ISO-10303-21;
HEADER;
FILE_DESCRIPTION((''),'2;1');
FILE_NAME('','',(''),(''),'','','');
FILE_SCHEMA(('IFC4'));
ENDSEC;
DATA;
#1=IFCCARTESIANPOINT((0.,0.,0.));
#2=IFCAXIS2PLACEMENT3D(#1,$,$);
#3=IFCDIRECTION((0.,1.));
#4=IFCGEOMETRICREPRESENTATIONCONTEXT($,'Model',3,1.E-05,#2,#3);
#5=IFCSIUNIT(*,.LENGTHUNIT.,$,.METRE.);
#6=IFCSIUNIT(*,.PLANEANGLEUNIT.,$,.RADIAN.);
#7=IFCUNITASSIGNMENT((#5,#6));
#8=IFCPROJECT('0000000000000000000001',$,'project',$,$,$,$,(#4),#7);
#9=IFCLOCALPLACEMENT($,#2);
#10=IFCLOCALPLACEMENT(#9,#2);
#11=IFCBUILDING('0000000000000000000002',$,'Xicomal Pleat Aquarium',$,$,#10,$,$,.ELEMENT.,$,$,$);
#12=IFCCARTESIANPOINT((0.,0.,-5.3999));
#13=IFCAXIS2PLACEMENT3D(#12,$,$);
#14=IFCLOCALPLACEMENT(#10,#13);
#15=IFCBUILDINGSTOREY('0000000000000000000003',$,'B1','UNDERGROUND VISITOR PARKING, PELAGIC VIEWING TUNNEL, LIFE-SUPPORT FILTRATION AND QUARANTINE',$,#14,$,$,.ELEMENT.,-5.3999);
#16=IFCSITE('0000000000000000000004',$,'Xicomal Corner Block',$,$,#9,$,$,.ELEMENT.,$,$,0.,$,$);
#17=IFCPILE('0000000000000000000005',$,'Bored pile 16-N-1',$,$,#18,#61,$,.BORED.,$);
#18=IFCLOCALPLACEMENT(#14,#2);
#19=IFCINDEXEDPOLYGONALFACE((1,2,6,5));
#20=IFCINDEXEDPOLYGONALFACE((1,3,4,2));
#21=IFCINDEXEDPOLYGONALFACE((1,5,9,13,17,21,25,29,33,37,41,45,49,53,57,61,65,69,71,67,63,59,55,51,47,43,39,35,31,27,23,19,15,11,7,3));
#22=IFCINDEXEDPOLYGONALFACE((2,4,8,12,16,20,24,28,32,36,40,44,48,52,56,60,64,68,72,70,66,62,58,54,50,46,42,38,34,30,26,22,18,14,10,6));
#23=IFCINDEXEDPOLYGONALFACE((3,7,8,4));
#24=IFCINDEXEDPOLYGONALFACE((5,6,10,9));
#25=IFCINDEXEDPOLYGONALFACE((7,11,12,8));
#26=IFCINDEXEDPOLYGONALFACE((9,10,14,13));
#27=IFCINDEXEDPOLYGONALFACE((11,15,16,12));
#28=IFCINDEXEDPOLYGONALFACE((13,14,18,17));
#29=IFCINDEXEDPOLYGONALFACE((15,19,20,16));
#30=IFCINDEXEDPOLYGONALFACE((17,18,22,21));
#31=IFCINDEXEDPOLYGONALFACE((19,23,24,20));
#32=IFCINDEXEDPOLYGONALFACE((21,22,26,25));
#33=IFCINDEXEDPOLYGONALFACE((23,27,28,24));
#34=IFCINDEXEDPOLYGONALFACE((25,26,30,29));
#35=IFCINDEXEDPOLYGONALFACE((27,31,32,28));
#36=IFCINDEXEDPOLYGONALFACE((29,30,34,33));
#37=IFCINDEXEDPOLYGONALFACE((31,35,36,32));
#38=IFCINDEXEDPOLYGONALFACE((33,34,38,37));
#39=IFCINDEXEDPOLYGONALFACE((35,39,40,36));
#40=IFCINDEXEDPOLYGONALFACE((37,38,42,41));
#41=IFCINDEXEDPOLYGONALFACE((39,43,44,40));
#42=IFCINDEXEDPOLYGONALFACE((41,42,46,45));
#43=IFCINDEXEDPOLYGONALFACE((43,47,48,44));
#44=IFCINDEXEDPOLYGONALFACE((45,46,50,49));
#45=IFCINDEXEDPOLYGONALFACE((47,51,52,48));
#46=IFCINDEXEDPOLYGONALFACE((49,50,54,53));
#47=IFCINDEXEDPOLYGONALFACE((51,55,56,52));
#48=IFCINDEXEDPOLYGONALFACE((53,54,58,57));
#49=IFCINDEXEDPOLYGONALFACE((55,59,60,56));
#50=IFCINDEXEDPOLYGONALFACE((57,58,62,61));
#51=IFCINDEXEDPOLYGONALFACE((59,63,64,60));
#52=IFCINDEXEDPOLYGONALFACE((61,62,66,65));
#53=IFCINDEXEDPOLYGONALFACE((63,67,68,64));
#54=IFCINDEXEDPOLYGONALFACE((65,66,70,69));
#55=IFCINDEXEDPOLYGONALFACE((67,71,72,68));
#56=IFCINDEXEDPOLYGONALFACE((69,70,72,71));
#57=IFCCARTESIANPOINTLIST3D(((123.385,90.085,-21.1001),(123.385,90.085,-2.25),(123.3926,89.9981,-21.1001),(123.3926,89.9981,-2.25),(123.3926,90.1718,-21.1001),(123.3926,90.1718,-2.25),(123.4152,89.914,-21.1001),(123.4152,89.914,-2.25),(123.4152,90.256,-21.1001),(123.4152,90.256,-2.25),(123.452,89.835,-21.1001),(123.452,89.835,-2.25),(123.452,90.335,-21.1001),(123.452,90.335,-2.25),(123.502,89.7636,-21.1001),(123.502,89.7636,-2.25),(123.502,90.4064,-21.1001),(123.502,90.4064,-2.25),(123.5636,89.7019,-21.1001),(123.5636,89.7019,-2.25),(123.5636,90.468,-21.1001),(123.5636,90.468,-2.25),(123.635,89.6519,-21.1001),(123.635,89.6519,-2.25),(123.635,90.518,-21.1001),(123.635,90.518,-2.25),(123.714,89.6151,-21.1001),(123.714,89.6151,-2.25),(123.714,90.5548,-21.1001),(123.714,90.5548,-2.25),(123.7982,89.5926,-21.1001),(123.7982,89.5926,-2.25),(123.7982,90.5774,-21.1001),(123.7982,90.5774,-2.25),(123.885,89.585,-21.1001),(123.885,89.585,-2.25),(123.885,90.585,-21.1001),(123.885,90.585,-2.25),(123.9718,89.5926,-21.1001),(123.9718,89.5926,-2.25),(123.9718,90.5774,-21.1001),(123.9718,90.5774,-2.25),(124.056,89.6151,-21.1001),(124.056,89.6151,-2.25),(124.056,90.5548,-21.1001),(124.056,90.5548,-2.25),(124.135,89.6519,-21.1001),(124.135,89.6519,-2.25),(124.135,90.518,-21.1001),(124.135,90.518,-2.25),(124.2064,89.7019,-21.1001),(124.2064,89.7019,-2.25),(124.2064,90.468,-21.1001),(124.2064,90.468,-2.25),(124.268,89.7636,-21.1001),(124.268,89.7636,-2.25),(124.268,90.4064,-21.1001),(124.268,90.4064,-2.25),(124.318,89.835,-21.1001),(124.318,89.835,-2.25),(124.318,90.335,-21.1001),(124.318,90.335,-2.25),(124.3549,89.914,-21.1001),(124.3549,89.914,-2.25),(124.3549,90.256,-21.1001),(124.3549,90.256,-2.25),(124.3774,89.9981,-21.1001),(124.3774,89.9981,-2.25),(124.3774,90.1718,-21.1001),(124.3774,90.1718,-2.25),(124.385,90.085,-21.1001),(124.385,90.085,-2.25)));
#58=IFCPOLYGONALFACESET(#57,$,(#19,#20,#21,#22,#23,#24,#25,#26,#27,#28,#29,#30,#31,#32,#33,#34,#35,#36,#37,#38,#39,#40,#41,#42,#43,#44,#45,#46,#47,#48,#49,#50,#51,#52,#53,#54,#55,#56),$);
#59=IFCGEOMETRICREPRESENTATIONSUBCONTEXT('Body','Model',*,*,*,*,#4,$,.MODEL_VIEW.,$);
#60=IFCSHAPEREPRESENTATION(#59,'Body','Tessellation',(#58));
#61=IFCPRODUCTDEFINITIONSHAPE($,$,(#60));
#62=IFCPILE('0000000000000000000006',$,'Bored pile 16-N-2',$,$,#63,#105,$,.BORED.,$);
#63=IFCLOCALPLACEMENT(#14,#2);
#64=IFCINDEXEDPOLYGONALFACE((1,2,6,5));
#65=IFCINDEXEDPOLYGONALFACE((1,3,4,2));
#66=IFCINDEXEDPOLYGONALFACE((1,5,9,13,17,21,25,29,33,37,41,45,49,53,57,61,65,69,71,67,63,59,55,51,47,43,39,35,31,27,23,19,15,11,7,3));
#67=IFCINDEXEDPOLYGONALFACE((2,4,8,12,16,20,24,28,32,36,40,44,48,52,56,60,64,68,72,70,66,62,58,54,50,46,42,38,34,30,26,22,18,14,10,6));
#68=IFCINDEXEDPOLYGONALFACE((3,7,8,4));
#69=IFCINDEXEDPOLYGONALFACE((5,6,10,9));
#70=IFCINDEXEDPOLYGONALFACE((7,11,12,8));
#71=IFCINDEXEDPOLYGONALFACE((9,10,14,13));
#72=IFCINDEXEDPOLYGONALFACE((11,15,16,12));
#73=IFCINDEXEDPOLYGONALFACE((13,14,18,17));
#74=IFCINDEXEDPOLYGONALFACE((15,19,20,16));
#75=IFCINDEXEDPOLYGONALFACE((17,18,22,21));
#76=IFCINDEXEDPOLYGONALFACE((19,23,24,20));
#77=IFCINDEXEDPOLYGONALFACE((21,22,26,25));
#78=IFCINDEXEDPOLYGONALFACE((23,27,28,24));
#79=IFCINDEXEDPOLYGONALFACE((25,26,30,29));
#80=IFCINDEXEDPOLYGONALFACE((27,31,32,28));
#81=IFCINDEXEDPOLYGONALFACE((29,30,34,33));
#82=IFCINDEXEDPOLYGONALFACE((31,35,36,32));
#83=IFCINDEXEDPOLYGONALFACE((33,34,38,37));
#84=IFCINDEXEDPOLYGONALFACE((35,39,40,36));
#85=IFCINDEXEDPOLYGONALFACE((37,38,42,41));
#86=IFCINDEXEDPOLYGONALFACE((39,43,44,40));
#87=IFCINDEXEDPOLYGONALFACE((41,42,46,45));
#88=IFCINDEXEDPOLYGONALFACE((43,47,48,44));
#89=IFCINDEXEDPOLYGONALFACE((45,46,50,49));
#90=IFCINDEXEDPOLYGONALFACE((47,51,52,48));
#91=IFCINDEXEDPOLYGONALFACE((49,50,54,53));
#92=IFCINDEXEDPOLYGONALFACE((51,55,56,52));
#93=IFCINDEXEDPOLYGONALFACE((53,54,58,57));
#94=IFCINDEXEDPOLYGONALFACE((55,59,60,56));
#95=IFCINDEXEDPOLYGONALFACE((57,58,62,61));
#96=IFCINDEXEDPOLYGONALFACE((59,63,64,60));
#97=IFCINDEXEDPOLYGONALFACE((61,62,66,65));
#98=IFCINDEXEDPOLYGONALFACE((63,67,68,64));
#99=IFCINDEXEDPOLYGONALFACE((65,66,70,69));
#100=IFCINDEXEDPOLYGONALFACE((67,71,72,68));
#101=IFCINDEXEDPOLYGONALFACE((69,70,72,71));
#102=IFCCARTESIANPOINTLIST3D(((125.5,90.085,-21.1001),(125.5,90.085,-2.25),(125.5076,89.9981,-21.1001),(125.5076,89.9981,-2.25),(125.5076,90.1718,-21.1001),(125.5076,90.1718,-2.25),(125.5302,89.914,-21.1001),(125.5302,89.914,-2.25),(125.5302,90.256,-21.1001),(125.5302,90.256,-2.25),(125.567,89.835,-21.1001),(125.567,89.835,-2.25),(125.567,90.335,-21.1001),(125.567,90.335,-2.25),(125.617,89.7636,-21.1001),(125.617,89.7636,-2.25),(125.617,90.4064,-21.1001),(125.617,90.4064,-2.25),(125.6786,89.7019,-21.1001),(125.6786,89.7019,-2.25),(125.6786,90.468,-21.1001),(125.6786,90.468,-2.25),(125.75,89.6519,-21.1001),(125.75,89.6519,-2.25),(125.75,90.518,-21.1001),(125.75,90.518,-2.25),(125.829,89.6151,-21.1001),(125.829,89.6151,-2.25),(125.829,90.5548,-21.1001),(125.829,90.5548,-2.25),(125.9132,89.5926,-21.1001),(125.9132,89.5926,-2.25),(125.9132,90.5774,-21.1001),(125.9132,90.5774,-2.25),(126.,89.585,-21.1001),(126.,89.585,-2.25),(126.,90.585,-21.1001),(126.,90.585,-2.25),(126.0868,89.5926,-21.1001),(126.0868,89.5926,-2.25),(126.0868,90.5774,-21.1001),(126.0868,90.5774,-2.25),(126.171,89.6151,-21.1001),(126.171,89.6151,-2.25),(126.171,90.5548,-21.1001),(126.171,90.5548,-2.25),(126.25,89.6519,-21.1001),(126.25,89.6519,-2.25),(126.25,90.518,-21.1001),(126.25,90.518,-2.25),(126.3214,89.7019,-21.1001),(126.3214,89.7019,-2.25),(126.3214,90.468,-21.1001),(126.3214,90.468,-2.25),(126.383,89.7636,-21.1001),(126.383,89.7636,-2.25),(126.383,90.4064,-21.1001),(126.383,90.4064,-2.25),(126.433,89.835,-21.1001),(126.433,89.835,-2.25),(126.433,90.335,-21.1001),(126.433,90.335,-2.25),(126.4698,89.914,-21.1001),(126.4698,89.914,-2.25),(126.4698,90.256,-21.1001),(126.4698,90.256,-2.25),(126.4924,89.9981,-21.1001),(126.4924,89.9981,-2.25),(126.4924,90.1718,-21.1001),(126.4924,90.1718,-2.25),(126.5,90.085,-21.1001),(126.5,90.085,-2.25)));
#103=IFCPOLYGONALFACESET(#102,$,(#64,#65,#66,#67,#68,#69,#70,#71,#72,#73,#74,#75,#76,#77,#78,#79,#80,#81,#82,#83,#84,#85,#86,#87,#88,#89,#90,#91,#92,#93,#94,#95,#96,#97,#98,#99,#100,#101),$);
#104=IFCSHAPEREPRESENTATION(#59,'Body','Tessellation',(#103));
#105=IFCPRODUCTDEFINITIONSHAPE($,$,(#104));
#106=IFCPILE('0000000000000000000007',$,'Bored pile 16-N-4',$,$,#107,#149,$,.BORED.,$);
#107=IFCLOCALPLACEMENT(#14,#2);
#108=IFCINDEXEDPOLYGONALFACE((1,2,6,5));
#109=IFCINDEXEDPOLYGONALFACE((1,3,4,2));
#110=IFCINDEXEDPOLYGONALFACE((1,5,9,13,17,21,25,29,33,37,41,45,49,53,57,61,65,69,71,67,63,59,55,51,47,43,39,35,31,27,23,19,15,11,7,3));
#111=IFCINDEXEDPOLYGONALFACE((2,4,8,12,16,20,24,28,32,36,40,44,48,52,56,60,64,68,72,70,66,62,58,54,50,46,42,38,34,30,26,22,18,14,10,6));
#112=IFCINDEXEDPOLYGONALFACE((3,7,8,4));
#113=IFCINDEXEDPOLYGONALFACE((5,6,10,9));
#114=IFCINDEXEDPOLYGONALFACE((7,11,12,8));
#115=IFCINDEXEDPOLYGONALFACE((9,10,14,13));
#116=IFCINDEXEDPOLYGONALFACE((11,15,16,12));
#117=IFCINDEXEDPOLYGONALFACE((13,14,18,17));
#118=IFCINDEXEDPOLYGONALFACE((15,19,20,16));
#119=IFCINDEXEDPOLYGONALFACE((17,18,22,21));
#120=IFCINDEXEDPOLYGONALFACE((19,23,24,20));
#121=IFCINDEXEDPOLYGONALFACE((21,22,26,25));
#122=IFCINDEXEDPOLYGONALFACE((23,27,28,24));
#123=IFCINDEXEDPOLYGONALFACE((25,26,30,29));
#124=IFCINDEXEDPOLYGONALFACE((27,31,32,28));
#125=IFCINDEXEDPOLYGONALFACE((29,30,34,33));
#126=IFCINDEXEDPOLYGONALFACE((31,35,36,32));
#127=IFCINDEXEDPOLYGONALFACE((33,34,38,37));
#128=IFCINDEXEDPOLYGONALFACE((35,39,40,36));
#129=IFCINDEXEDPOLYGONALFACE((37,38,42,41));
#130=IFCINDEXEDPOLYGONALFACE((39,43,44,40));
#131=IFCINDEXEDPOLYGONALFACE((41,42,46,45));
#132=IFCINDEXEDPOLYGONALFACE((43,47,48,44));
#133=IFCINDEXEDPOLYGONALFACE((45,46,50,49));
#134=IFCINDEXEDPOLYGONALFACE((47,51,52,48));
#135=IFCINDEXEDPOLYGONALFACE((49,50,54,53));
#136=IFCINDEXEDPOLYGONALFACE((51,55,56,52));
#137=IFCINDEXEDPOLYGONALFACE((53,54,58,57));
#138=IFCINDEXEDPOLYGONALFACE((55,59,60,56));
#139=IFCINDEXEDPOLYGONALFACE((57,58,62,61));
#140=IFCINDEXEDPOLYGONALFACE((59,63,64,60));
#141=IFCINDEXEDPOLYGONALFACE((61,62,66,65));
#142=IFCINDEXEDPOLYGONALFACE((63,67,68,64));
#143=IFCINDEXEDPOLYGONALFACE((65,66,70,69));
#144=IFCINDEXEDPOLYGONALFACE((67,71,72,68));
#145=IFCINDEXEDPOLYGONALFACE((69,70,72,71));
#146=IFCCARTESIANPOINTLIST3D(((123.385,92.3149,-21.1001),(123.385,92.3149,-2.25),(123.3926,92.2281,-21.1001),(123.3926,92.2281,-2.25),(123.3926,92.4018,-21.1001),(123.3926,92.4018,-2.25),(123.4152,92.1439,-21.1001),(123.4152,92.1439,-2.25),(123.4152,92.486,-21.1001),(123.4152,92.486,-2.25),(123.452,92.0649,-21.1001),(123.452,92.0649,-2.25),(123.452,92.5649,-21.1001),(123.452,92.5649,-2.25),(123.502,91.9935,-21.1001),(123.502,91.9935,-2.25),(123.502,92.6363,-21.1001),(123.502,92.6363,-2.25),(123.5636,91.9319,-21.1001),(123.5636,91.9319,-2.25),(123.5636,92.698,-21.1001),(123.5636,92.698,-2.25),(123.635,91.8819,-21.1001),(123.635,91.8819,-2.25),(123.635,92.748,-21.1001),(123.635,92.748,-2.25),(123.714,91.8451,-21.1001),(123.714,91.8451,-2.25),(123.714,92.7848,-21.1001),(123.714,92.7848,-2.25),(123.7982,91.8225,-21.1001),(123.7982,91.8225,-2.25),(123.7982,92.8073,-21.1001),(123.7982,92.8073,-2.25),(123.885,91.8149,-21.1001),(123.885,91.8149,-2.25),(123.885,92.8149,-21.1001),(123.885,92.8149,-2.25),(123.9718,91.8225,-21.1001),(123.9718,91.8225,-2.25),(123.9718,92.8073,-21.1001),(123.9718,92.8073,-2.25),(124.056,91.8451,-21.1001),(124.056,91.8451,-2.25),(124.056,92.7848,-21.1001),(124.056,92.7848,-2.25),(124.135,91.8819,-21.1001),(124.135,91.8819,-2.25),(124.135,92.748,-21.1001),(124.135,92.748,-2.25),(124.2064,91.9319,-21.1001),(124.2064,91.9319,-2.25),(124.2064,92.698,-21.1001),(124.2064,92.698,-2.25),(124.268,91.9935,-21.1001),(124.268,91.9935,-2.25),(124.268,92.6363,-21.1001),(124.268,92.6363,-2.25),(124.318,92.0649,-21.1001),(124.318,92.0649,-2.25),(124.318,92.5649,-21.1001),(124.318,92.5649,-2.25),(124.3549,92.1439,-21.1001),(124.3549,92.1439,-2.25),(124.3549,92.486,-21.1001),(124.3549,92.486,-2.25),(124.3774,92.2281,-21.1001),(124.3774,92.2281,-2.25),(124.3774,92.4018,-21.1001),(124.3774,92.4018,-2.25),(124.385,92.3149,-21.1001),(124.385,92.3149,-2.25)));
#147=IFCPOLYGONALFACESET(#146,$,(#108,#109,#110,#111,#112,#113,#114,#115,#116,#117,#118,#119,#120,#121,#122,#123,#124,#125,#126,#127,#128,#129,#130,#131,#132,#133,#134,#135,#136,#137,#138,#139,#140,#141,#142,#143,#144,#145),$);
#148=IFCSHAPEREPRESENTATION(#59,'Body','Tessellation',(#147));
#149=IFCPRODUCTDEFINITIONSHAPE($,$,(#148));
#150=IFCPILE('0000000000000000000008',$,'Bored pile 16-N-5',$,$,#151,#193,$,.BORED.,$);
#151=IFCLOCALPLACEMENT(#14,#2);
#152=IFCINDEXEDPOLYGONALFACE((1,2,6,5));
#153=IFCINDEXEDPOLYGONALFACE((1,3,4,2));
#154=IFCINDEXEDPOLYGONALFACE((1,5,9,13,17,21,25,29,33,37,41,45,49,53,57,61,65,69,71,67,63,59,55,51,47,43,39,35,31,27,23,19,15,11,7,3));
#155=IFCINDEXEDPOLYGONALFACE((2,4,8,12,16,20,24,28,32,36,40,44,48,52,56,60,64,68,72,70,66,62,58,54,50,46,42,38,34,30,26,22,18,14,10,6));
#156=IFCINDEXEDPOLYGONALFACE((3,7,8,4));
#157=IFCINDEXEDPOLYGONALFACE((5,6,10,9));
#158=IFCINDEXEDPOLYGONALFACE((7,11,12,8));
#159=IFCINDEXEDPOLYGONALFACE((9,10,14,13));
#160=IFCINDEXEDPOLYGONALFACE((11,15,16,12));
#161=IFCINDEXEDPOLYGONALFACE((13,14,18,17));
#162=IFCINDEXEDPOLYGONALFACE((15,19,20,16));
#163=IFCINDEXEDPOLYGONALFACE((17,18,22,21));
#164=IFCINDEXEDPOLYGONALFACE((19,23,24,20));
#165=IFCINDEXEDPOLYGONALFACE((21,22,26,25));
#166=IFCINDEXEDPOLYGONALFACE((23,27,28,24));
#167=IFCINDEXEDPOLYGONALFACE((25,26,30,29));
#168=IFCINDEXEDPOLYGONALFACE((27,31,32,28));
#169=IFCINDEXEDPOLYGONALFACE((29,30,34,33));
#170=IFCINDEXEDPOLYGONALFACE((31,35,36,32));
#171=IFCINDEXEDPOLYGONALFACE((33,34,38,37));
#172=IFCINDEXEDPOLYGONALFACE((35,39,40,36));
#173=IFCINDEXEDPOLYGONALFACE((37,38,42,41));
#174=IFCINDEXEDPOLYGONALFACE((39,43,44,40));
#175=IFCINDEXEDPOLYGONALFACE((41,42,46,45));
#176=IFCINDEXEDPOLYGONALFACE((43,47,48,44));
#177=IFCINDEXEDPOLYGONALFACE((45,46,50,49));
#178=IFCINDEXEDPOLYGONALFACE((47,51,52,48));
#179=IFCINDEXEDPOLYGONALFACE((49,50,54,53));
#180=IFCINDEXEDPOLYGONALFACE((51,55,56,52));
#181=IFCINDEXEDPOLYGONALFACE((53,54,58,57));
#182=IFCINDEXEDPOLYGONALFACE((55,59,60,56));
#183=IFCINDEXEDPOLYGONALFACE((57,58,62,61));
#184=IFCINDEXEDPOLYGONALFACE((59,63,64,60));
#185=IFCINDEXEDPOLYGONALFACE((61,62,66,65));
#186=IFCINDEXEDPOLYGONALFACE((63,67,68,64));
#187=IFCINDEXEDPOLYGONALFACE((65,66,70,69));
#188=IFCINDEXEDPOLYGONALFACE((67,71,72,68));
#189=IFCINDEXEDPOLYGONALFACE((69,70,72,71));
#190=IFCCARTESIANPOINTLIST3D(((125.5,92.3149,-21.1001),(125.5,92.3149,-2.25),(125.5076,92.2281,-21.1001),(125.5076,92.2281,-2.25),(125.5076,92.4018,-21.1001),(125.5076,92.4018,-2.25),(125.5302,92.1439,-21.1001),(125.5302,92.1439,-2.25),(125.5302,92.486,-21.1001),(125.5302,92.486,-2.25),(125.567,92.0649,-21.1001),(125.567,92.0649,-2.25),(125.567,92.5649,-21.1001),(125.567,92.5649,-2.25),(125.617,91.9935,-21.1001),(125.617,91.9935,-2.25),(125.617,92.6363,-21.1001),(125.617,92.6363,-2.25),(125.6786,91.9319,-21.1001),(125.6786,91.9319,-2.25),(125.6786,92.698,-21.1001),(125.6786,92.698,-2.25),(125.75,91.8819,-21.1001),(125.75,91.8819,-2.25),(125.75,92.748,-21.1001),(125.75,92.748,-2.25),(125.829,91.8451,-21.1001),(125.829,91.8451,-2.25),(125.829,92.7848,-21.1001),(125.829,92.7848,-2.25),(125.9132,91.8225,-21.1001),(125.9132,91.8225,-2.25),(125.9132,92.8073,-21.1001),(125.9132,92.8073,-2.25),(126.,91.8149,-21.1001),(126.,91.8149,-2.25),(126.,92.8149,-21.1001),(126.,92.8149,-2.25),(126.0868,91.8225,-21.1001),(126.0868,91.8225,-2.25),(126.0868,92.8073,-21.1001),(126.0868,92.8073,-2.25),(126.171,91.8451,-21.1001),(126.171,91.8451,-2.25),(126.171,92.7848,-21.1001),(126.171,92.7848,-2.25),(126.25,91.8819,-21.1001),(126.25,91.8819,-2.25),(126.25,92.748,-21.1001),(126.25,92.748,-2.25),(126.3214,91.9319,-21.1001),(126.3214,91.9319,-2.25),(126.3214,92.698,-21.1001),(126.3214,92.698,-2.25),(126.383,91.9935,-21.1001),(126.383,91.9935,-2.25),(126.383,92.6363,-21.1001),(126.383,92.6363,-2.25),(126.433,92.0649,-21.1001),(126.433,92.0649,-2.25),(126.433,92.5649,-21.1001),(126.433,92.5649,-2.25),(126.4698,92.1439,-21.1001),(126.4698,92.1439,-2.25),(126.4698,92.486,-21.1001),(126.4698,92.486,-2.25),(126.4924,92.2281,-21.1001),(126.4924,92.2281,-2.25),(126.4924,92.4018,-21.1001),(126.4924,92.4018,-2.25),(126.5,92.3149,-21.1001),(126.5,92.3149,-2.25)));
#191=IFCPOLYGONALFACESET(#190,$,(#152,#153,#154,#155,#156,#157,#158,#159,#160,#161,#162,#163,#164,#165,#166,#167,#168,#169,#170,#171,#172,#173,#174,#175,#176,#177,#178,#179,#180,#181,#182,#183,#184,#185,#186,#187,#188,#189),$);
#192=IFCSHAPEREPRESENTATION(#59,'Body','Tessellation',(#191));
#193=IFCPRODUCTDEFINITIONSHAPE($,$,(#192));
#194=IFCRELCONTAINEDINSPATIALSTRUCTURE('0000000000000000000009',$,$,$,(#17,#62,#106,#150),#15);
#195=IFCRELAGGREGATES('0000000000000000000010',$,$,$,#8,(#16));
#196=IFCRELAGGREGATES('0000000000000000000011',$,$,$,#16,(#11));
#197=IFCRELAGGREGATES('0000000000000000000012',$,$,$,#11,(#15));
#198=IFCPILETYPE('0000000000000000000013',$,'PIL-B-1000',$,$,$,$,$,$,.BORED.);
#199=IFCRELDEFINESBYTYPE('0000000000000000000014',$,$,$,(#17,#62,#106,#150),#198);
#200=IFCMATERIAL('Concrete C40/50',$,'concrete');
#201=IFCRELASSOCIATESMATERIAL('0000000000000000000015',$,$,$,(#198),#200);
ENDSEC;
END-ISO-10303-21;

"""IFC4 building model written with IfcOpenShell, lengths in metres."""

from ifc_helpers import new_model, si_unit, direction, frame, origin, origin_2d, place, context, subcontext, project, spatial, circle, extrude, material, material_profile, profile_set, type_object, element, save


model = new_model("IFC4")

# Units and contexts
model_context = context("Model", 3, precision=1e-05, world=origin(), true_north=direction((0.0, 1.0)))
body_context = subcontext(model_context, "Body", "Model", "MODEL_VIEW")
ifc_project = project(units=[si_unit("LENGTHUNIT", "METRE"), si_unit("PLANEANGLEUNIT", "RADIAN")], contexts=[model_context])

# Site, building, storey
site_placement = place(None, origin())
site = spatial("IfcSite", under=ifc_project, at=site_placement, Name="Xicomal Corner Block", CompositionType="ELEMENT", RefElevation=0.0)
building_placement = place(site_placement, origin())
building = spatial("IfcBuilding", under=site, at=building_placement, Name="Xicomal Pleat Aquarium", CompositionType="ELEMENT")
storey_placement = place(building_placement, frame((0.0, 0.0, -5.3999)))
storey = spatial("IfcBuildingStorey", under=building, at=storey_placement, Name="B1", Description="UNDERGROUND VISITOR PARKING, PELAGIC VIEWING TUNNEL, LIFE-SUPPORT FILTRATION AND QUARANTINE", CompositionType="ELEMENT", Elevation=-5.3999)

# Piles
ifc_material_1 = material(Name="Concrete C40/50", Category="concrete")
ifc_material_profile_1 = material_profile(ifc_material_1, circle(Radius=0.5, at=origin_2d()), Name="BORED PILE D1000")
ifc_profile_set_1 = profile_set([ifc_material_profile_1], Name="Concrete C40/50")
pile_type_1 = type_object("IfcPileType", Name="PIL-B-1000", PredefinedType="BORED", material=ifc_profile_set_1)
for number, where, z_axis, x_axis, name in (
    (1, (123.885, 90.085, -2.25), (0.0, 0.0, -1.0), (1.0, 0.0, 0.0), "Bored pile 16-N-1"),
    (2, (126.0, 90.085, -2.25), (0.0, 0.0, -1.0), (1.0, 0.0, 0.0), "Bored pile 16-N-2"),
    (3, (123.885, 92.3149, -2.25), (0.0, 0.0, -1.0), (1.0, 0.0, 0.0), "Bored pile 16-N-4"),
    (4, (126.0, 92.3149, -2.25), (0.0, 0.0, -1.0), (1.0, 0.0, 0.0), "Bored pile 16-N-5"),
):
    element("IfcPile", number, at=place(storey_placement, frame(where, z_axis=z_axis, x_axis=x_axis)), inside=storey, type_object=pile_type_1, Name=name, PredefinedType="BORED", context=body_context, shape_type="SweptSolid", body=[
        extrude(circle(Radius=0.5, at=origin_2d()), origin(), (0.0, 0.0, 1.0), 18.8501),
    ])

save(model, "model.ifc")
